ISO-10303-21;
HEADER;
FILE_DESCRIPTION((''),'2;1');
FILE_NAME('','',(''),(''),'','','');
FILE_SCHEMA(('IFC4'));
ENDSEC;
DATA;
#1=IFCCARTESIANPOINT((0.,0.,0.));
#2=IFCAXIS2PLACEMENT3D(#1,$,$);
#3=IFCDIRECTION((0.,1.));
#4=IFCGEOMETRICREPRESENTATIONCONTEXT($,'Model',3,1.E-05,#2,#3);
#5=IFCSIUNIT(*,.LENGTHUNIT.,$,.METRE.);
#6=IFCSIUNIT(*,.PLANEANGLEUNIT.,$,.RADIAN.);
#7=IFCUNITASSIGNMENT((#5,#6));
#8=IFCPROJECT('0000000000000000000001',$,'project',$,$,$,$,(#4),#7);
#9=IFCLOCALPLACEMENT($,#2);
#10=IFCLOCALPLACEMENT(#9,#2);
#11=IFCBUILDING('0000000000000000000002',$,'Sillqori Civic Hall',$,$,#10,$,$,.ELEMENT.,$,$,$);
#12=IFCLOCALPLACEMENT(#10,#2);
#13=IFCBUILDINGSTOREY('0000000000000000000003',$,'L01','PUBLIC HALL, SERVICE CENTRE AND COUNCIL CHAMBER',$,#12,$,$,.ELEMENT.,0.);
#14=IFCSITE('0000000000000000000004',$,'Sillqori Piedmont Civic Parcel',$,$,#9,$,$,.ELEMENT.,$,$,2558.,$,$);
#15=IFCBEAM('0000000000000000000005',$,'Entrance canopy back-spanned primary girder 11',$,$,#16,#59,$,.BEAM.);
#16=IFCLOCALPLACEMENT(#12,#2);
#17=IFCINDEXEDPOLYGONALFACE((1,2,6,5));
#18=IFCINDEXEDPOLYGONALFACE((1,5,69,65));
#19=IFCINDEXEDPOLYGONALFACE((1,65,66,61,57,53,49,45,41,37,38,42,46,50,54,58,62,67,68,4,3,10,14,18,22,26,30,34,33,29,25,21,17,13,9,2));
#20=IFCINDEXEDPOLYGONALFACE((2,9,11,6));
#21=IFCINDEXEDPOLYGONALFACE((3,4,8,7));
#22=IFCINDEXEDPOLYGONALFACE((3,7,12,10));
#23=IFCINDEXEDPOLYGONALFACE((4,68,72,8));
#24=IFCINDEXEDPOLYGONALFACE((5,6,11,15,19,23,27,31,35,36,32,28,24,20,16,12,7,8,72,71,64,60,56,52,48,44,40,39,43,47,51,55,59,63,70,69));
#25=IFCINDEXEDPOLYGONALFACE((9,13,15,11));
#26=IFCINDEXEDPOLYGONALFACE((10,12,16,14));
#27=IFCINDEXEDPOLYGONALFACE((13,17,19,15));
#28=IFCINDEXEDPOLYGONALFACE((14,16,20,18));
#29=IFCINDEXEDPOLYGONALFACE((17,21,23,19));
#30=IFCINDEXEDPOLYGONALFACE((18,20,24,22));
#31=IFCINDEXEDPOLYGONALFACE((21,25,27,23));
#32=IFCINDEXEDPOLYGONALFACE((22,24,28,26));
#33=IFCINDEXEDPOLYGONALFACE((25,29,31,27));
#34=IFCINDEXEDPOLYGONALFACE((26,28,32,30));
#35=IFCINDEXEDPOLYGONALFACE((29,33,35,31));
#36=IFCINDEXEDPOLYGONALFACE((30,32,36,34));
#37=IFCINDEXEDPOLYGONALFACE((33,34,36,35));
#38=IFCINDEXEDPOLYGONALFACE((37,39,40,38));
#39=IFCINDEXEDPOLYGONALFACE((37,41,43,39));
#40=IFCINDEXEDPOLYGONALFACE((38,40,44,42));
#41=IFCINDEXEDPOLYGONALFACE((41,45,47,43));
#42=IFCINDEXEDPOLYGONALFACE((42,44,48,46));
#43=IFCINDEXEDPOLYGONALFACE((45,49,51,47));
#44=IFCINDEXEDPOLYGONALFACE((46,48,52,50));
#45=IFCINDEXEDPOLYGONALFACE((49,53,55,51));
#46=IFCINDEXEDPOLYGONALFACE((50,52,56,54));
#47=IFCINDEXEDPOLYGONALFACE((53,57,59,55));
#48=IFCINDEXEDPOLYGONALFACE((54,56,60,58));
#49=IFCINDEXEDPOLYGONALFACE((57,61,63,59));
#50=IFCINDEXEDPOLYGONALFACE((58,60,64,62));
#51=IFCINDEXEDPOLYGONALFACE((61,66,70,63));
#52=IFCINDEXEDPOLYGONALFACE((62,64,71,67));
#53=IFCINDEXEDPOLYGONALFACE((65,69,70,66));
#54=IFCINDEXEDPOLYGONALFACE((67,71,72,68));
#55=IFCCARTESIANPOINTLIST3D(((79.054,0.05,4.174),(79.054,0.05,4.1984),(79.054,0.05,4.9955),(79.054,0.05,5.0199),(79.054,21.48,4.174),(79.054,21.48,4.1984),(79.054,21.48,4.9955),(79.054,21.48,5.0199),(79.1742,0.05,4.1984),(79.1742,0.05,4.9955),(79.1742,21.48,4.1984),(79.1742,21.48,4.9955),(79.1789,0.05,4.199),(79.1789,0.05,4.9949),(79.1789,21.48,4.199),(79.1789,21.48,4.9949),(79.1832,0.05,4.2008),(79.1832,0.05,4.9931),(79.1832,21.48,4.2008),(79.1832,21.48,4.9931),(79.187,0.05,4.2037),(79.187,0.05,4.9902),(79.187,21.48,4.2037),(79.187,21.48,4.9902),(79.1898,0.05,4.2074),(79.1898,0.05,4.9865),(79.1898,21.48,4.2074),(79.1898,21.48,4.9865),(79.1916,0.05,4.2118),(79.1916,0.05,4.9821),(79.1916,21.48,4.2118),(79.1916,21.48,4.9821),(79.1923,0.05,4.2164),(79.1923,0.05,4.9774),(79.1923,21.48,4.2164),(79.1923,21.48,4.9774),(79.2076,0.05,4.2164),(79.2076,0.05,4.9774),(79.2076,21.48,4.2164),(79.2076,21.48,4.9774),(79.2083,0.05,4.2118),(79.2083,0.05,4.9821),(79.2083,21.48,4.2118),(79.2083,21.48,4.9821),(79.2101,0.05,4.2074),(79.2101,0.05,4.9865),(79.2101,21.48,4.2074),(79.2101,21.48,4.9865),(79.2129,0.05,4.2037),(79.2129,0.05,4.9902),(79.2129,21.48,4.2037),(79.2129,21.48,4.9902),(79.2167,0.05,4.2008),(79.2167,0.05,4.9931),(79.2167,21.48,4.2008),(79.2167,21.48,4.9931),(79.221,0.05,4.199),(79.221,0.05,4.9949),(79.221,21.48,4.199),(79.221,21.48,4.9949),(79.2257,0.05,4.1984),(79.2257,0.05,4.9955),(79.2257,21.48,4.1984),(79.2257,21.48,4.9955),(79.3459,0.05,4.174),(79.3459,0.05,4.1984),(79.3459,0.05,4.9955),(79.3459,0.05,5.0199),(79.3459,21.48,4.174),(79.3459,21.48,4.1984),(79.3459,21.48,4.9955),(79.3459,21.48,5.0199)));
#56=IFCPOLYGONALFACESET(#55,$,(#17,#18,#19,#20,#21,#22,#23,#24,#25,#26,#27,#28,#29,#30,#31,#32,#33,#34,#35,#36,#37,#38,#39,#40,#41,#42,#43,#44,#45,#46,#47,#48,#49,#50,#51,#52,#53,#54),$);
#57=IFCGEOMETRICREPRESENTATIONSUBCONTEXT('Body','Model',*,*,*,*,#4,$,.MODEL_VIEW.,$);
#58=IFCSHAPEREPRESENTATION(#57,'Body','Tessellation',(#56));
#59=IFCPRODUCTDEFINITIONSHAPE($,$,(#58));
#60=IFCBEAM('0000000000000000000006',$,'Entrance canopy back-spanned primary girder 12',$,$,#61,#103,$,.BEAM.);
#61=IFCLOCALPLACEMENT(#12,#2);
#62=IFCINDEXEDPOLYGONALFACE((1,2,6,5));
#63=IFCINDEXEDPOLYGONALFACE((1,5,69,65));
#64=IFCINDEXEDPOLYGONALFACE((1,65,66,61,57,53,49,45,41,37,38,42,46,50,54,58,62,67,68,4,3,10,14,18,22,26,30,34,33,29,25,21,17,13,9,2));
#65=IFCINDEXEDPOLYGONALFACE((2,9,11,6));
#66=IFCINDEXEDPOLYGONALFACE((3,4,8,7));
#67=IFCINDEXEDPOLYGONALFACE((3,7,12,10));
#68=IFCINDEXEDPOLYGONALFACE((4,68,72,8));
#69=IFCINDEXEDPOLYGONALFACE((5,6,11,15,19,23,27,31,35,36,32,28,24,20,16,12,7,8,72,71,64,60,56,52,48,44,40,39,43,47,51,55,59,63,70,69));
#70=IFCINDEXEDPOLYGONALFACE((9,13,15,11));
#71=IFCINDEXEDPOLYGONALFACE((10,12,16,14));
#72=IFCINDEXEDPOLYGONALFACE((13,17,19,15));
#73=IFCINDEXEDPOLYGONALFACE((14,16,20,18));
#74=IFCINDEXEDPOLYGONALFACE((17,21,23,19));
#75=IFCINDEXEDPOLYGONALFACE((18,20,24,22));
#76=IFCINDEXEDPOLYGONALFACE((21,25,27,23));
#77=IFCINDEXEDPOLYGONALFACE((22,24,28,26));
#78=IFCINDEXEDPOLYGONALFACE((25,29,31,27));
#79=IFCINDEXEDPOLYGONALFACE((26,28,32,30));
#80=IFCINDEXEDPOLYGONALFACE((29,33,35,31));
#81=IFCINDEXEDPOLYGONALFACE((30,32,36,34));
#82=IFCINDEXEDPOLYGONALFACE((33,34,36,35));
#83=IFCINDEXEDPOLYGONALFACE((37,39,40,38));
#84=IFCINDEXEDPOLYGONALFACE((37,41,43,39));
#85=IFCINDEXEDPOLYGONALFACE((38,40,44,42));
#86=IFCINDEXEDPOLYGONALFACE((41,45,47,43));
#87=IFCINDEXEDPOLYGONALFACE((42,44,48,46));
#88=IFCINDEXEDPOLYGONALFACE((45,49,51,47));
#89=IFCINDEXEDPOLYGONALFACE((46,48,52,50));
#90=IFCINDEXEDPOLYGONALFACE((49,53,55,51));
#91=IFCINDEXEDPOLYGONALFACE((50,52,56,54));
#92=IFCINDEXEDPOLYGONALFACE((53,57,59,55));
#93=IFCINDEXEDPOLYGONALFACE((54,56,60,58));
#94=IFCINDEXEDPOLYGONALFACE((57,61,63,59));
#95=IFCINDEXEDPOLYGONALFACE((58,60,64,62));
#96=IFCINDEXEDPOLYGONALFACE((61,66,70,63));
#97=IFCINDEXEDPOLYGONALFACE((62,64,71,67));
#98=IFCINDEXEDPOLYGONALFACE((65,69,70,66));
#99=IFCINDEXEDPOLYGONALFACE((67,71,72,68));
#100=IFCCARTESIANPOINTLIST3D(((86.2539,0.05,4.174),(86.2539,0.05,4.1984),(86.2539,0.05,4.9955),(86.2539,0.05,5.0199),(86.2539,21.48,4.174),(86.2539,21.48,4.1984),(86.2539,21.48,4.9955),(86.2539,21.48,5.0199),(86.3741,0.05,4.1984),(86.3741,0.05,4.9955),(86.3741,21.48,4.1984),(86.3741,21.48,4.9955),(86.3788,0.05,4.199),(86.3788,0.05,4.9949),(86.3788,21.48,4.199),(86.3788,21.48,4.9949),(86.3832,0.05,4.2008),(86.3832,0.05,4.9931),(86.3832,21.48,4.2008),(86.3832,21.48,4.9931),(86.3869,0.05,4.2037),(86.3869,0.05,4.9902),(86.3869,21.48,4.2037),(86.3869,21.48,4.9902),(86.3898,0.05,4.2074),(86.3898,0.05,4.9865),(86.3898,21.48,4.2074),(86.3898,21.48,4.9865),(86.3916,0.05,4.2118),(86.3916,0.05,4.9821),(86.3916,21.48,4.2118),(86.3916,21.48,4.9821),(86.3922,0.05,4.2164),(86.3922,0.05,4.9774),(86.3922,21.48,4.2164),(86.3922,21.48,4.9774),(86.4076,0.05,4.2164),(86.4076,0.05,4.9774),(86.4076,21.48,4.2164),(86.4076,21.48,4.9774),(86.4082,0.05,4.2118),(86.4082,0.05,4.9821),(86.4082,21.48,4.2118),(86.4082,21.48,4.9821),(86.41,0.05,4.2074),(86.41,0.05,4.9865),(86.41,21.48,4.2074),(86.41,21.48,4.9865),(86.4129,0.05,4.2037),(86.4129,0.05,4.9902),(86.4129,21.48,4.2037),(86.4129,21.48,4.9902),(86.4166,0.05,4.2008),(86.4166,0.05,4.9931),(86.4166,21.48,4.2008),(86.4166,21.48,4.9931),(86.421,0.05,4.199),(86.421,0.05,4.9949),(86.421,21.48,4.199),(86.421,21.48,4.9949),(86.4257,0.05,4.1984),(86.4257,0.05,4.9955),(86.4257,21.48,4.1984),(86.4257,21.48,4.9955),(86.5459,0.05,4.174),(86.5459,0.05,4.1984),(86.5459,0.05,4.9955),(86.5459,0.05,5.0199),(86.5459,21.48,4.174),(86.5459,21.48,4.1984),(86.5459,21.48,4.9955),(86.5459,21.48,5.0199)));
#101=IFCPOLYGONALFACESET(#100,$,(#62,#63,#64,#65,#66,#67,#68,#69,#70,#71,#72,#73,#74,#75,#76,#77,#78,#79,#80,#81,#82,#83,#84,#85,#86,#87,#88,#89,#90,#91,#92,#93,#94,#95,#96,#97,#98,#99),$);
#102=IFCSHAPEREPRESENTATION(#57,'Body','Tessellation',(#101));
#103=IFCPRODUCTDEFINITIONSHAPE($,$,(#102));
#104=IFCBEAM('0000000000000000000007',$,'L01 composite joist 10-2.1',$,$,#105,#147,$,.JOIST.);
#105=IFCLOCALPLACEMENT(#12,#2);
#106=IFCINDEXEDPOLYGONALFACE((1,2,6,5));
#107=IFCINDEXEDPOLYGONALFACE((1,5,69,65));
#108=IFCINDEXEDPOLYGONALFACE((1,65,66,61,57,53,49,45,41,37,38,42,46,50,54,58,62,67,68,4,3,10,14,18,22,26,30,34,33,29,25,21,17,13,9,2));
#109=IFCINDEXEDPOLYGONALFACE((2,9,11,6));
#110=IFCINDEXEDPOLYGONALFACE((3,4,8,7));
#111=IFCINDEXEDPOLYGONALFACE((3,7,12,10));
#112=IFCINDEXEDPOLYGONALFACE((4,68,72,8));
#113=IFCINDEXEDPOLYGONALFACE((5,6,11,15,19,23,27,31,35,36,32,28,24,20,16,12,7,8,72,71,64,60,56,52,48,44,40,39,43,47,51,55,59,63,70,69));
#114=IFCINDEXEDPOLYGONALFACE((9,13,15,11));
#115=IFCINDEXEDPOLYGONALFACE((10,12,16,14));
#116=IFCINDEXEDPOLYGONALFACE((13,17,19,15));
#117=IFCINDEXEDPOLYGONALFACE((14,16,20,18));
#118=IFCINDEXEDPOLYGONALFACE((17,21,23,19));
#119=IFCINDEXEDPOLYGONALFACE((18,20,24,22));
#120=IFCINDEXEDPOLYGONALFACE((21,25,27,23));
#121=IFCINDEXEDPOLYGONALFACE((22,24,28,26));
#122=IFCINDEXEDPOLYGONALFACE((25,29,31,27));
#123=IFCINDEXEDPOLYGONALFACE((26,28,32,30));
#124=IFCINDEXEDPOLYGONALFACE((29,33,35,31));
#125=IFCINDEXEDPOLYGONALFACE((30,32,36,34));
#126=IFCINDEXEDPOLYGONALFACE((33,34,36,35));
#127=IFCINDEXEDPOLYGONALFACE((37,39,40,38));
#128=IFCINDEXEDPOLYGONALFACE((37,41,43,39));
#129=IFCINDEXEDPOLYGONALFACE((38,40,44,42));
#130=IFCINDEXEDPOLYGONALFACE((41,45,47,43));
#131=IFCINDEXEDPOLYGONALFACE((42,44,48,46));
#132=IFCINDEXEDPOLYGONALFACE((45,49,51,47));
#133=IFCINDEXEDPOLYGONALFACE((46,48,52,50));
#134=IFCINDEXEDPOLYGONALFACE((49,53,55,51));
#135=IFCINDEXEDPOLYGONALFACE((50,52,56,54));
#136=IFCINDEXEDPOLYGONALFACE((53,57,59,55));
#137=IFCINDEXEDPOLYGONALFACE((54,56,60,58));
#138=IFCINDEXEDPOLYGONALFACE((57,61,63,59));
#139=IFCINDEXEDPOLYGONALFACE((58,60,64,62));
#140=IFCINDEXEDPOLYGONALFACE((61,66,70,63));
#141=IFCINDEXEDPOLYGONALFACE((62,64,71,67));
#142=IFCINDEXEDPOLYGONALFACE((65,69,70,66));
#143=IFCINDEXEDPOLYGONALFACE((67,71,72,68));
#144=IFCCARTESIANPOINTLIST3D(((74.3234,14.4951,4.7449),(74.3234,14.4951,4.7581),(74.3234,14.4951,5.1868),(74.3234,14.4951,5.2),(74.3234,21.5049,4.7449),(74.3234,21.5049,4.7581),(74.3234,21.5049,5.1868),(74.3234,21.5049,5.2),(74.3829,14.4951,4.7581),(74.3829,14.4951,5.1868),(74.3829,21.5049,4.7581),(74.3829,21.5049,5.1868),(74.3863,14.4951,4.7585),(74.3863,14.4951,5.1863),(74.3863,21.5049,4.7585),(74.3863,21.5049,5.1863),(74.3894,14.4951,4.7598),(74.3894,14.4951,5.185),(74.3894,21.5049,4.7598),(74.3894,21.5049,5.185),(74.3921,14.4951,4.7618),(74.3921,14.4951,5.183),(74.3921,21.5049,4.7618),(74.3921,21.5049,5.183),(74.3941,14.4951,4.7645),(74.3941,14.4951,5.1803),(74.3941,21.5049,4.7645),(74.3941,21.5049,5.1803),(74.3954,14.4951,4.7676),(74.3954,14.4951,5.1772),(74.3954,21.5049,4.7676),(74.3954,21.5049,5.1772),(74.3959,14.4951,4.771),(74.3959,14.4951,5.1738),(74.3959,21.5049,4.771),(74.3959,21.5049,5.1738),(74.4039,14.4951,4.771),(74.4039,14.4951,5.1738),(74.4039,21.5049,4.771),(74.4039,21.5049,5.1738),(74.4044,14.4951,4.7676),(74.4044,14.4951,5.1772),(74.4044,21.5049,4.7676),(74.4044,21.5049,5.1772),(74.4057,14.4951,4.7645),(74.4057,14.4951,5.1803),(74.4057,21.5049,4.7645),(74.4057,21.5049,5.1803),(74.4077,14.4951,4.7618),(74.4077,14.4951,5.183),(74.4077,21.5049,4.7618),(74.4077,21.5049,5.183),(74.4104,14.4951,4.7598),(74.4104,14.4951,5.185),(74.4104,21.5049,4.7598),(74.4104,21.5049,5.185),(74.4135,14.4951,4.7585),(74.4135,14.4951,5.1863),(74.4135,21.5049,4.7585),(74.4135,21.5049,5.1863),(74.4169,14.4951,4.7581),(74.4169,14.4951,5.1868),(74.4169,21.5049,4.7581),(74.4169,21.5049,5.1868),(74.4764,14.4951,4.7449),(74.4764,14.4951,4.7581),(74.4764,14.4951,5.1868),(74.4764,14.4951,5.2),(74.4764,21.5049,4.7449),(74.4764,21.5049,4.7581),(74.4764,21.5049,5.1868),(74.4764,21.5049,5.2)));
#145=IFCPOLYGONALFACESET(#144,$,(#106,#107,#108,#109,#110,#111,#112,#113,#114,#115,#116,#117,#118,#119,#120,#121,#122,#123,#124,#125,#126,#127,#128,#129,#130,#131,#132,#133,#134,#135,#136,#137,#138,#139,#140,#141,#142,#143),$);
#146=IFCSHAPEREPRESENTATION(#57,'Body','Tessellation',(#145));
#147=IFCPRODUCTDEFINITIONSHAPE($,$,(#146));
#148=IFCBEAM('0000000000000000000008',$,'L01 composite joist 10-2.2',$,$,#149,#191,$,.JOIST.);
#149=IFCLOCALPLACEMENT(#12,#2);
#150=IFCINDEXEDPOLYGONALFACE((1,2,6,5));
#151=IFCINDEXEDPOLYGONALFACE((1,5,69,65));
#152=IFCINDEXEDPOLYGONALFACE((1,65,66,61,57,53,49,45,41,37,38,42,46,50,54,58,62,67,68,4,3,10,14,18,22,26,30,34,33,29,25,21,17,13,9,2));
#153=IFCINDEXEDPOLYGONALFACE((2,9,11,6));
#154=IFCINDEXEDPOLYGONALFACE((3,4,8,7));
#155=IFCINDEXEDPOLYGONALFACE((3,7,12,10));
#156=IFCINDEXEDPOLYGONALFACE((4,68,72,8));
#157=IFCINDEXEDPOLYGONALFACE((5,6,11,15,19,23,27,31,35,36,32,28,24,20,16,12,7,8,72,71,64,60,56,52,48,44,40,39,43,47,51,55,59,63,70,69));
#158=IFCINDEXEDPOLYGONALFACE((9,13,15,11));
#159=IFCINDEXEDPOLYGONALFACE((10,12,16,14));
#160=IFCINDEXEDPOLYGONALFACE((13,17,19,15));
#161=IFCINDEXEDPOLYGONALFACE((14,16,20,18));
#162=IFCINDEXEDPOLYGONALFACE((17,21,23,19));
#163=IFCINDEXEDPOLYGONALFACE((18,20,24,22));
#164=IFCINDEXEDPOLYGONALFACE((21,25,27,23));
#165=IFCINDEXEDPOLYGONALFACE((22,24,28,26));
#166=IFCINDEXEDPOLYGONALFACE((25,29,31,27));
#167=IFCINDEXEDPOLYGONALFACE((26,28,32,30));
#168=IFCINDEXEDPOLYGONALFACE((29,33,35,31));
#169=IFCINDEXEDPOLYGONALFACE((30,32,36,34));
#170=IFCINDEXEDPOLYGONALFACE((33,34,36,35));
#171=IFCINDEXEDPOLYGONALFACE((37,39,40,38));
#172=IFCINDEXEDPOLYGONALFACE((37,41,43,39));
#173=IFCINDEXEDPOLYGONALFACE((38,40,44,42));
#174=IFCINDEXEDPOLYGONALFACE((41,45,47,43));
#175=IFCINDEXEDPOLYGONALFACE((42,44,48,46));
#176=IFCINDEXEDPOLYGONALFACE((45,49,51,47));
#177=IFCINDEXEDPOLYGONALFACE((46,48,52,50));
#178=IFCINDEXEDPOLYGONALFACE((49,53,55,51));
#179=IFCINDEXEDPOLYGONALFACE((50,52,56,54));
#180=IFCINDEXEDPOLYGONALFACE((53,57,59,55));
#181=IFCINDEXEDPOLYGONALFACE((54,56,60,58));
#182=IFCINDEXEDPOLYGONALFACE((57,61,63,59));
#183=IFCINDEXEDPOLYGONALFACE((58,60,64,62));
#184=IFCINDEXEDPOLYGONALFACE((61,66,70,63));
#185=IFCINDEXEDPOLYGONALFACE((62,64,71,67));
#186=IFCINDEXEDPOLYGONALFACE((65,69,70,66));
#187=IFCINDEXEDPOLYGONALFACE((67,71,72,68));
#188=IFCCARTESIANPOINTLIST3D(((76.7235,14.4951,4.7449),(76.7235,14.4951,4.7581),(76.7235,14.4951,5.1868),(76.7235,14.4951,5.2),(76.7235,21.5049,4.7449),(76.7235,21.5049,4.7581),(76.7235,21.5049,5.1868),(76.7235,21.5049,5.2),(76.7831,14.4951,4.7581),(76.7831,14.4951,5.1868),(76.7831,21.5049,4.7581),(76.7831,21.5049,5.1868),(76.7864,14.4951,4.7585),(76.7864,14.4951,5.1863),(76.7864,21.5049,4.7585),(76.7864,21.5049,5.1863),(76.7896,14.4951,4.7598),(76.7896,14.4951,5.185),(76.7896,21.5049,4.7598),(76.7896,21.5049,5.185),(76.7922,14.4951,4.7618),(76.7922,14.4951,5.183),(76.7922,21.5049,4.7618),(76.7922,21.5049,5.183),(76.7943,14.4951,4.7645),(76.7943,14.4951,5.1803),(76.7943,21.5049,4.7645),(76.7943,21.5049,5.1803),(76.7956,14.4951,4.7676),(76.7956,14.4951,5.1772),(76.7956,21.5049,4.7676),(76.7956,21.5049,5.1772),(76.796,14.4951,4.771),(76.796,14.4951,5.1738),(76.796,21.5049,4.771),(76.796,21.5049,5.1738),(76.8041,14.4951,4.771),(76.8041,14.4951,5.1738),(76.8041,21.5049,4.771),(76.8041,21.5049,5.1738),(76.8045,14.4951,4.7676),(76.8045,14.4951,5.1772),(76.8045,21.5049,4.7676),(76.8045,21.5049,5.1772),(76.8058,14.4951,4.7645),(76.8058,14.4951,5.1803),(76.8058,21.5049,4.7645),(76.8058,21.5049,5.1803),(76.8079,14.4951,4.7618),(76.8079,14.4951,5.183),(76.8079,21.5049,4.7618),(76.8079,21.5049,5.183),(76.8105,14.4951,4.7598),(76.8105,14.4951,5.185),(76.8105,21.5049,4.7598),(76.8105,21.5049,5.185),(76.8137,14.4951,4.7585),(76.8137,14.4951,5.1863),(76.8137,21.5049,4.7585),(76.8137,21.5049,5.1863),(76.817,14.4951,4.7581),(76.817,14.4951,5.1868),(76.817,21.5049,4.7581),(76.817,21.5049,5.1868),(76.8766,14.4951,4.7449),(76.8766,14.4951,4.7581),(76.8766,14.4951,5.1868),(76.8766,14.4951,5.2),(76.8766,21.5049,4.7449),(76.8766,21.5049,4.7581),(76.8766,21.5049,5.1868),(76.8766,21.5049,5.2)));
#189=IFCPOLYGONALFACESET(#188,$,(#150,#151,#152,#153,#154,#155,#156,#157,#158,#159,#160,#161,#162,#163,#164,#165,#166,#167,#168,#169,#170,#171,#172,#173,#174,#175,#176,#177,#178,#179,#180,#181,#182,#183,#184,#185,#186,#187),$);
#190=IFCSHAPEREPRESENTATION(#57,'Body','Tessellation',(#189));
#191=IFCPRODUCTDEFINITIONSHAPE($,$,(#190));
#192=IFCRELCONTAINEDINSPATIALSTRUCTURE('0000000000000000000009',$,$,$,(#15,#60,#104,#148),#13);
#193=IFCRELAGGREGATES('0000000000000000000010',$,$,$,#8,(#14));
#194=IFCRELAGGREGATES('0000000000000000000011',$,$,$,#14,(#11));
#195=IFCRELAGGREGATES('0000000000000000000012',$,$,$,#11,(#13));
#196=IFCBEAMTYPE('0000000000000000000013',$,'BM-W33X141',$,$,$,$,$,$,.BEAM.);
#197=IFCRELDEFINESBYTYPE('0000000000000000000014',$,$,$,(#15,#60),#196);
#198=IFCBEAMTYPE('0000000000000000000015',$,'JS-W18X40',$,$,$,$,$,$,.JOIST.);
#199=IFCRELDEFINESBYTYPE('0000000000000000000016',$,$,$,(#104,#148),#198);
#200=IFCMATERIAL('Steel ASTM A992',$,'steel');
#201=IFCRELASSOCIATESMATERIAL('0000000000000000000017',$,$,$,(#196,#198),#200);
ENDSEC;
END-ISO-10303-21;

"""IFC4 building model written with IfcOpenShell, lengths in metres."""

from ifc_helpers import new_model, si_unit, direction, frame, origin, origin_2d, place, context, subcontext, project, spatial, i_section, extrude, material, material_profile, profile_set, type_object, element, save


model = new_model("IFC4")

# Units and contexts
model_context = context("Model", 3, precision=1e-05, world=origin(), true_north=direction((0.0, 1.0)))
body_context = subcontext(model_context, "Body", "Model", "MODEL_VIEW")
ifc_project = project(units=[si_unit("LENGTHUNIT", "METRE"), si_unit("PLANEANGLEUNIT", "RADIAN")], contexts=[model_context])

# Site, building, storey
site_placement = place(None, origin())
site = spatial("IfcSite", under=ifc_project, at=site_placement, Name="Sillqori Piedmont Civic Parcel", CompositionType="ELEMENT", RefElevation=2558.0)
building_placement = place(site_placement, origin())
building = spatial("IfcBuilding", under=site, at=building_placement, Name="Sillqori Civic Hall", CompositionType="ELEMENT")
storey_placement = place(building_placement, origin())
storey = spatial("IfcBuildingStorey", under=building, at=storey_placement, Name="L01", Description="PUBLIC HALL, SERVICE CENTRE AND COUNCIL CHAMBER", CompositionType="ELEMENT", Elevation=0.0)

# Shared definitions
ifc_material_1 = material(Name="Steel ASTM A992", Category="steel")

# Beams
ifc_material_profile_1 = material_profile(ifc_material_1, i_section(OverallWidth=0.292, OverallDepth=0.8459, WebThickness=0.0154, FlangeThickness=0.0244, FilletRadius=0.0181, at=origin_2d()), Name="W33X141")
ifc_profile_set_1 = profile_set([ifc_material_profile_1], Name="Steel ASTM A992")
beam_type_1 = type_object("IfcBeamType", Name="BM-W33X141", PredefinedType="BEAM", material=ifc_profile_set_1)
for number, where, z_axis, x_axis, name in (
    (1, (79.2, 21.48, 4.5969), (0.0, -1.0, 0.0), (1.0, 0.0, 0.0), "Entrance canopy back-spanned primary girder 11"),
    (2, (86.3999, 21.48, 4.5969), (0.0, -1.0, 0.0), (1.0, 0.0, 0.0), "Entrance canopy back-spanned primary girder 12"),
):
    element("IfcBeam", number, at=place(storey_placement, frame(where, z_axis=z_axis, x_axis=x_axis)), inside=storey, type_object=beam_type_1, Name=name, PredefinedType="BEAM", context=body_context, shape_type="SweptSolid", body=[
        extrude(i_section(OverallWidth=0.292, OverallDepth=0.8459, WebThickness=0.0154, FlangeThickness=0.0244, FilletRadius=0.0181, at=origin_2d()), origin(), (0.0, 0.0, 1.0), 21.4299),
    ])
ifc_material_profile_2 = material_profile(ifc_material_1, i_section(OverallWidth=0.1531, OverallDepth=0.4551, WebThickness=0.0081, FlangeThickness=0.0132, FilletRadius=0.0129, at=origin_2d()), Name="W18X40")
ifc_profile_set_2 = profile_set([ifc_material_profile_2], Name="Steel ASTM A992")
beam_type_2 = type_object("IfcBeamType", Name="JS-W18X40", PredefinedType="JOIST", material=ifc_profile_set_2)
for number, where, z_axis, x_axis, name in (
    (3, (74.3999, 14.4951, 4.9724), (0.0, 1.0, 0.0), (-1.0, 0.0, 0.0), "L01 composite joist 10-2.1"),
    (4, (76.8, 14.4951, 4.9724), (0.0, 1.0, 0.0), (-1.0, 0.0, 0.0), "L01 composite joist 10-2.2"),
):
    element("IfcBeam", number, at=place(storey_placement, frame(where, z_axis=z_axis, x_axis=x_axis)), inside=storey, type_object=beam_type_2, Name=name, PredefinedType="JOIST", context=body_context, shape_type="SweptSolid", body=[
        extrude(i_section(OverallWidth=0.1531, OverallDepth=0.4551, WebThickness=0.0081, FlangeThickness=0.0132, FilletRadius=0.0129, at=origin_2d()), origin(), (0.0, 0.0, 1.0), 7.0098),
    ])

save(model, "model.ifc")
